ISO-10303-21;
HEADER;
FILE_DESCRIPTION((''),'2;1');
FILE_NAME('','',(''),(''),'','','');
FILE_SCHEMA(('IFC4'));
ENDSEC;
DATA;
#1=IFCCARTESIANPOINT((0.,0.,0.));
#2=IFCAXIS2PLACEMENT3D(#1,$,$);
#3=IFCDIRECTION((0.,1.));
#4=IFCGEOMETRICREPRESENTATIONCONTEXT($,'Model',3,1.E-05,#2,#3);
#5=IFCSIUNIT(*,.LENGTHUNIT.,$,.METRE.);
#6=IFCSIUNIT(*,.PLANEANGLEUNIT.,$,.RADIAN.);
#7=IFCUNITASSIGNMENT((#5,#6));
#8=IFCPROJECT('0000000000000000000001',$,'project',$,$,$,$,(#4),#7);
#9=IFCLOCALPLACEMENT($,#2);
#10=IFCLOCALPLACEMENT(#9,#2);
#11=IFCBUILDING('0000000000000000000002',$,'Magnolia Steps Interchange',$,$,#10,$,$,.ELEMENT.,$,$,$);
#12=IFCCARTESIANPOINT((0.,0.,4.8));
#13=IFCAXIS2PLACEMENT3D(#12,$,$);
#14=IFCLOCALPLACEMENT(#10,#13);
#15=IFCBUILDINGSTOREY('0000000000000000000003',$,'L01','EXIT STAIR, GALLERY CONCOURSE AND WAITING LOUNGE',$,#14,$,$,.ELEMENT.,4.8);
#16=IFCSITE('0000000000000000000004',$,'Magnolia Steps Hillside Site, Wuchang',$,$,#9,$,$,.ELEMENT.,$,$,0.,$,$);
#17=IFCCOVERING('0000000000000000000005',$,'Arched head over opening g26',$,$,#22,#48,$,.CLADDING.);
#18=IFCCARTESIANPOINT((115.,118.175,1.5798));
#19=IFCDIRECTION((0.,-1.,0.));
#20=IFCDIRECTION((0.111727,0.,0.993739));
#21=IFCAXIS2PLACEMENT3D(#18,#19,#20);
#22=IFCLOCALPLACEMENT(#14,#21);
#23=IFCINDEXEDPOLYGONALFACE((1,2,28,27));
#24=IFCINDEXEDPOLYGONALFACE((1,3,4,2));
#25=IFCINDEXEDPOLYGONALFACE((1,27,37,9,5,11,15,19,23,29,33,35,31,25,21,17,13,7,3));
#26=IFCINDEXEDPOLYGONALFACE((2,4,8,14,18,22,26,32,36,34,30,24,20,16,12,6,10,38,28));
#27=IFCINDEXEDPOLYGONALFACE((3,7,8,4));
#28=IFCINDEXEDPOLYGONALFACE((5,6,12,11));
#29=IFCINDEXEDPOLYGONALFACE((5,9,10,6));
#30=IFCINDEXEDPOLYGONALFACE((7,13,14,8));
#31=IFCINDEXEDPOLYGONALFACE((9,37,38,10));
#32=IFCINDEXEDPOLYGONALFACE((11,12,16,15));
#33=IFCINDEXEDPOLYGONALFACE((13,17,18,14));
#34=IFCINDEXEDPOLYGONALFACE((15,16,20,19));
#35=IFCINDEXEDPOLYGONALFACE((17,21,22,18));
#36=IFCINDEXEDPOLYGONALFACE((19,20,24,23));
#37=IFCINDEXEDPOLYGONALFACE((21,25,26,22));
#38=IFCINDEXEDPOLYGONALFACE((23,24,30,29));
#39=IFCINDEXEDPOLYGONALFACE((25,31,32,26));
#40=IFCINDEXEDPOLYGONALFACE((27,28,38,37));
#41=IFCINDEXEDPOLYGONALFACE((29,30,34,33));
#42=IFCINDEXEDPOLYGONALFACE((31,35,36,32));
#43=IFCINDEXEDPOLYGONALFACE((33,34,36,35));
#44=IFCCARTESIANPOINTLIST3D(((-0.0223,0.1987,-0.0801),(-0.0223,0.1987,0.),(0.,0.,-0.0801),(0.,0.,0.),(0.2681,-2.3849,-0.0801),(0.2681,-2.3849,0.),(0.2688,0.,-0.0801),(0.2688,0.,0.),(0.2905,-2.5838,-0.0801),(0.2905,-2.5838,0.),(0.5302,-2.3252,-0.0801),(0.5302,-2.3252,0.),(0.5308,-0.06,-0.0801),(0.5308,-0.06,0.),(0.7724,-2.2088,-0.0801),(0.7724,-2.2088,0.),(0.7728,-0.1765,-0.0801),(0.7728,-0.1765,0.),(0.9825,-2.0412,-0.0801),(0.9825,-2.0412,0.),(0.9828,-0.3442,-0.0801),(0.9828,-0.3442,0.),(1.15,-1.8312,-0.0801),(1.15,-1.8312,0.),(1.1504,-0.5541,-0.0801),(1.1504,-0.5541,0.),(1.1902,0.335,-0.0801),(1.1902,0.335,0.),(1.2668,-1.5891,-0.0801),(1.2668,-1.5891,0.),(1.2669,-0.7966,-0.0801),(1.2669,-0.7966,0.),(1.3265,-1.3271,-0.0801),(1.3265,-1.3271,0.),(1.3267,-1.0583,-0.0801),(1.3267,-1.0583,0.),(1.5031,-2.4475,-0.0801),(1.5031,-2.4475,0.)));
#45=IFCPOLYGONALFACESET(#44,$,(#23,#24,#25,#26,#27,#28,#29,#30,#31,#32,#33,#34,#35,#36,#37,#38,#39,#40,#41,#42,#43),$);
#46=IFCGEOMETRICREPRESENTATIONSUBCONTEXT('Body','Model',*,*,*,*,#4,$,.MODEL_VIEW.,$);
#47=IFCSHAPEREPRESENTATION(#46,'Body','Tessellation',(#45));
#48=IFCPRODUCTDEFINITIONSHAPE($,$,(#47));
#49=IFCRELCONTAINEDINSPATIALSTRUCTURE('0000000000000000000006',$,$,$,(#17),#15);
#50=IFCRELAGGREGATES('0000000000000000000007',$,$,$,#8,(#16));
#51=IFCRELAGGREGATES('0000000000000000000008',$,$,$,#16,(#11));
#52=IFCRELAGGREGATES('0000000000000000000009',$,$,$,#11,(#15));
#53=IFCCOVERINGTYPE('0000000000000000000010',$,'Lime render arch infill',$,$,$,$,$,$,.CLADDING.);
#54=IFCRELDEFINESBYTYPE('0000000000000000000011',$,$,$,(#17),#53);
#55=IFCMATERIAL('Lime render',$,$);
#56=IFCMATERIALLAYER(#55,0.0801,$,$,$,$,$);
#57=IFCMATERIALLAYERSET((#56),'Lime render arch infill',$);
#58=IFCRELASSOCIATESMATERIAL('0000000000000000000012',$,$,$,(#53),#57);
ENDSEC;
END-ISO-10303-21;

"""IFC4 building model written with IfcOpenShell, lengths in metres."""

from ifc_helpers import new_model, si_unit, direction, frame, origin, place, context, subcontext, project, spatial, polyline, outline, extrude, material, layer, layer_set, type_object, element, save


model = new_model("IFC4")

# Units and contexts
model_context = context("Model", 3, precision=1e-05, world=origin(), true_north=direction((0.0, 1.0)))
body_context = subcontext(model_context, "Body", "Model", "MODEL_VIEW")
ifc_project = project(units=[si_unit("LENGTHUNIT", "METRE"), si_unit("PLANEANGLEUNIT", "RADIAN")], contexts=[model_context])

# Site, building, storey
site_placement = place(None, origin())
site = spatial("IfcSite", under=ifc_project, at=site_placement, Name="Magnolia Steps Hillside Site, Wuchang", CompositionType="ELEMENT", RefElevation=0.0)
building_placement = place(site_placement, origin())
building = spatial("IfcBuilding", under=site, at=building_placement, Name="Magnolia Steps Interchange", CompositionType="ELEMENT")
storey_placement = place(building_placement, frame((0.0, 0.0, 4.8)))
storey = spatial("IfcBuildingStorey", under=building, at=storey_placement, Name="L01", Description="EXIT STAIR, GALLERY CONCOURSE AND WAITING LOUNGE", CompositionType="ELEMENT", Elevation=4.8)

# Covering
ifc_material_1 = material(Name="Lime render")
ifc_layer_1 = layer(ifc_material_1, 0.0801)
ifc_layer_set_1 = layer_set([ifc_layer_1], Name="Lime render arch infill")
covering_type_1 = type_object("IfcCoveringType", Name="Lime render arch infill", PredefinedType="CLADDING", material=ifc_layer_set_1)
covering_1_placement = place(storey_placement, frame((115.0, 118.175, 1.5798), z_axis=(0.0, -1.0, 0.0), x_axis=(0.111727, 0.0, 0.993739)))
element("IfcCovering", 1, at=covering_1_placement, inside=storey, type_object=covering_type_1, Name="Arched head over opening g26", PredefinedType="CLADDING", context=body_context, shape_type="SweptSolid", body=[
    extrude(outline(polyline([(0.0, 0.0), (0.2688, 0.0), (0.5308, -0.06), (0.7728, -0.1765), (0.9828, -0.3442), (1.1504, -0.5541), (1.2669, -0.7966), (1.3267, -1.0583), (1.3265, -1.3271), (1.2668, -1.5891), (1.15, -1.8312), (0.9825, -2.0412), (0.7724, -2.2088), (0.5302, -2.3252), (0.2681, -2.3849), (0.2905, -2.5838), (1.5031, -2.4475), (1.1902, 0.335), (-0.0223, 0.1987), (0.0, 0.0)])), origin(), (0.0, 0.0, -1.0), 0.0801),
])

save(model, "model.ifc")
